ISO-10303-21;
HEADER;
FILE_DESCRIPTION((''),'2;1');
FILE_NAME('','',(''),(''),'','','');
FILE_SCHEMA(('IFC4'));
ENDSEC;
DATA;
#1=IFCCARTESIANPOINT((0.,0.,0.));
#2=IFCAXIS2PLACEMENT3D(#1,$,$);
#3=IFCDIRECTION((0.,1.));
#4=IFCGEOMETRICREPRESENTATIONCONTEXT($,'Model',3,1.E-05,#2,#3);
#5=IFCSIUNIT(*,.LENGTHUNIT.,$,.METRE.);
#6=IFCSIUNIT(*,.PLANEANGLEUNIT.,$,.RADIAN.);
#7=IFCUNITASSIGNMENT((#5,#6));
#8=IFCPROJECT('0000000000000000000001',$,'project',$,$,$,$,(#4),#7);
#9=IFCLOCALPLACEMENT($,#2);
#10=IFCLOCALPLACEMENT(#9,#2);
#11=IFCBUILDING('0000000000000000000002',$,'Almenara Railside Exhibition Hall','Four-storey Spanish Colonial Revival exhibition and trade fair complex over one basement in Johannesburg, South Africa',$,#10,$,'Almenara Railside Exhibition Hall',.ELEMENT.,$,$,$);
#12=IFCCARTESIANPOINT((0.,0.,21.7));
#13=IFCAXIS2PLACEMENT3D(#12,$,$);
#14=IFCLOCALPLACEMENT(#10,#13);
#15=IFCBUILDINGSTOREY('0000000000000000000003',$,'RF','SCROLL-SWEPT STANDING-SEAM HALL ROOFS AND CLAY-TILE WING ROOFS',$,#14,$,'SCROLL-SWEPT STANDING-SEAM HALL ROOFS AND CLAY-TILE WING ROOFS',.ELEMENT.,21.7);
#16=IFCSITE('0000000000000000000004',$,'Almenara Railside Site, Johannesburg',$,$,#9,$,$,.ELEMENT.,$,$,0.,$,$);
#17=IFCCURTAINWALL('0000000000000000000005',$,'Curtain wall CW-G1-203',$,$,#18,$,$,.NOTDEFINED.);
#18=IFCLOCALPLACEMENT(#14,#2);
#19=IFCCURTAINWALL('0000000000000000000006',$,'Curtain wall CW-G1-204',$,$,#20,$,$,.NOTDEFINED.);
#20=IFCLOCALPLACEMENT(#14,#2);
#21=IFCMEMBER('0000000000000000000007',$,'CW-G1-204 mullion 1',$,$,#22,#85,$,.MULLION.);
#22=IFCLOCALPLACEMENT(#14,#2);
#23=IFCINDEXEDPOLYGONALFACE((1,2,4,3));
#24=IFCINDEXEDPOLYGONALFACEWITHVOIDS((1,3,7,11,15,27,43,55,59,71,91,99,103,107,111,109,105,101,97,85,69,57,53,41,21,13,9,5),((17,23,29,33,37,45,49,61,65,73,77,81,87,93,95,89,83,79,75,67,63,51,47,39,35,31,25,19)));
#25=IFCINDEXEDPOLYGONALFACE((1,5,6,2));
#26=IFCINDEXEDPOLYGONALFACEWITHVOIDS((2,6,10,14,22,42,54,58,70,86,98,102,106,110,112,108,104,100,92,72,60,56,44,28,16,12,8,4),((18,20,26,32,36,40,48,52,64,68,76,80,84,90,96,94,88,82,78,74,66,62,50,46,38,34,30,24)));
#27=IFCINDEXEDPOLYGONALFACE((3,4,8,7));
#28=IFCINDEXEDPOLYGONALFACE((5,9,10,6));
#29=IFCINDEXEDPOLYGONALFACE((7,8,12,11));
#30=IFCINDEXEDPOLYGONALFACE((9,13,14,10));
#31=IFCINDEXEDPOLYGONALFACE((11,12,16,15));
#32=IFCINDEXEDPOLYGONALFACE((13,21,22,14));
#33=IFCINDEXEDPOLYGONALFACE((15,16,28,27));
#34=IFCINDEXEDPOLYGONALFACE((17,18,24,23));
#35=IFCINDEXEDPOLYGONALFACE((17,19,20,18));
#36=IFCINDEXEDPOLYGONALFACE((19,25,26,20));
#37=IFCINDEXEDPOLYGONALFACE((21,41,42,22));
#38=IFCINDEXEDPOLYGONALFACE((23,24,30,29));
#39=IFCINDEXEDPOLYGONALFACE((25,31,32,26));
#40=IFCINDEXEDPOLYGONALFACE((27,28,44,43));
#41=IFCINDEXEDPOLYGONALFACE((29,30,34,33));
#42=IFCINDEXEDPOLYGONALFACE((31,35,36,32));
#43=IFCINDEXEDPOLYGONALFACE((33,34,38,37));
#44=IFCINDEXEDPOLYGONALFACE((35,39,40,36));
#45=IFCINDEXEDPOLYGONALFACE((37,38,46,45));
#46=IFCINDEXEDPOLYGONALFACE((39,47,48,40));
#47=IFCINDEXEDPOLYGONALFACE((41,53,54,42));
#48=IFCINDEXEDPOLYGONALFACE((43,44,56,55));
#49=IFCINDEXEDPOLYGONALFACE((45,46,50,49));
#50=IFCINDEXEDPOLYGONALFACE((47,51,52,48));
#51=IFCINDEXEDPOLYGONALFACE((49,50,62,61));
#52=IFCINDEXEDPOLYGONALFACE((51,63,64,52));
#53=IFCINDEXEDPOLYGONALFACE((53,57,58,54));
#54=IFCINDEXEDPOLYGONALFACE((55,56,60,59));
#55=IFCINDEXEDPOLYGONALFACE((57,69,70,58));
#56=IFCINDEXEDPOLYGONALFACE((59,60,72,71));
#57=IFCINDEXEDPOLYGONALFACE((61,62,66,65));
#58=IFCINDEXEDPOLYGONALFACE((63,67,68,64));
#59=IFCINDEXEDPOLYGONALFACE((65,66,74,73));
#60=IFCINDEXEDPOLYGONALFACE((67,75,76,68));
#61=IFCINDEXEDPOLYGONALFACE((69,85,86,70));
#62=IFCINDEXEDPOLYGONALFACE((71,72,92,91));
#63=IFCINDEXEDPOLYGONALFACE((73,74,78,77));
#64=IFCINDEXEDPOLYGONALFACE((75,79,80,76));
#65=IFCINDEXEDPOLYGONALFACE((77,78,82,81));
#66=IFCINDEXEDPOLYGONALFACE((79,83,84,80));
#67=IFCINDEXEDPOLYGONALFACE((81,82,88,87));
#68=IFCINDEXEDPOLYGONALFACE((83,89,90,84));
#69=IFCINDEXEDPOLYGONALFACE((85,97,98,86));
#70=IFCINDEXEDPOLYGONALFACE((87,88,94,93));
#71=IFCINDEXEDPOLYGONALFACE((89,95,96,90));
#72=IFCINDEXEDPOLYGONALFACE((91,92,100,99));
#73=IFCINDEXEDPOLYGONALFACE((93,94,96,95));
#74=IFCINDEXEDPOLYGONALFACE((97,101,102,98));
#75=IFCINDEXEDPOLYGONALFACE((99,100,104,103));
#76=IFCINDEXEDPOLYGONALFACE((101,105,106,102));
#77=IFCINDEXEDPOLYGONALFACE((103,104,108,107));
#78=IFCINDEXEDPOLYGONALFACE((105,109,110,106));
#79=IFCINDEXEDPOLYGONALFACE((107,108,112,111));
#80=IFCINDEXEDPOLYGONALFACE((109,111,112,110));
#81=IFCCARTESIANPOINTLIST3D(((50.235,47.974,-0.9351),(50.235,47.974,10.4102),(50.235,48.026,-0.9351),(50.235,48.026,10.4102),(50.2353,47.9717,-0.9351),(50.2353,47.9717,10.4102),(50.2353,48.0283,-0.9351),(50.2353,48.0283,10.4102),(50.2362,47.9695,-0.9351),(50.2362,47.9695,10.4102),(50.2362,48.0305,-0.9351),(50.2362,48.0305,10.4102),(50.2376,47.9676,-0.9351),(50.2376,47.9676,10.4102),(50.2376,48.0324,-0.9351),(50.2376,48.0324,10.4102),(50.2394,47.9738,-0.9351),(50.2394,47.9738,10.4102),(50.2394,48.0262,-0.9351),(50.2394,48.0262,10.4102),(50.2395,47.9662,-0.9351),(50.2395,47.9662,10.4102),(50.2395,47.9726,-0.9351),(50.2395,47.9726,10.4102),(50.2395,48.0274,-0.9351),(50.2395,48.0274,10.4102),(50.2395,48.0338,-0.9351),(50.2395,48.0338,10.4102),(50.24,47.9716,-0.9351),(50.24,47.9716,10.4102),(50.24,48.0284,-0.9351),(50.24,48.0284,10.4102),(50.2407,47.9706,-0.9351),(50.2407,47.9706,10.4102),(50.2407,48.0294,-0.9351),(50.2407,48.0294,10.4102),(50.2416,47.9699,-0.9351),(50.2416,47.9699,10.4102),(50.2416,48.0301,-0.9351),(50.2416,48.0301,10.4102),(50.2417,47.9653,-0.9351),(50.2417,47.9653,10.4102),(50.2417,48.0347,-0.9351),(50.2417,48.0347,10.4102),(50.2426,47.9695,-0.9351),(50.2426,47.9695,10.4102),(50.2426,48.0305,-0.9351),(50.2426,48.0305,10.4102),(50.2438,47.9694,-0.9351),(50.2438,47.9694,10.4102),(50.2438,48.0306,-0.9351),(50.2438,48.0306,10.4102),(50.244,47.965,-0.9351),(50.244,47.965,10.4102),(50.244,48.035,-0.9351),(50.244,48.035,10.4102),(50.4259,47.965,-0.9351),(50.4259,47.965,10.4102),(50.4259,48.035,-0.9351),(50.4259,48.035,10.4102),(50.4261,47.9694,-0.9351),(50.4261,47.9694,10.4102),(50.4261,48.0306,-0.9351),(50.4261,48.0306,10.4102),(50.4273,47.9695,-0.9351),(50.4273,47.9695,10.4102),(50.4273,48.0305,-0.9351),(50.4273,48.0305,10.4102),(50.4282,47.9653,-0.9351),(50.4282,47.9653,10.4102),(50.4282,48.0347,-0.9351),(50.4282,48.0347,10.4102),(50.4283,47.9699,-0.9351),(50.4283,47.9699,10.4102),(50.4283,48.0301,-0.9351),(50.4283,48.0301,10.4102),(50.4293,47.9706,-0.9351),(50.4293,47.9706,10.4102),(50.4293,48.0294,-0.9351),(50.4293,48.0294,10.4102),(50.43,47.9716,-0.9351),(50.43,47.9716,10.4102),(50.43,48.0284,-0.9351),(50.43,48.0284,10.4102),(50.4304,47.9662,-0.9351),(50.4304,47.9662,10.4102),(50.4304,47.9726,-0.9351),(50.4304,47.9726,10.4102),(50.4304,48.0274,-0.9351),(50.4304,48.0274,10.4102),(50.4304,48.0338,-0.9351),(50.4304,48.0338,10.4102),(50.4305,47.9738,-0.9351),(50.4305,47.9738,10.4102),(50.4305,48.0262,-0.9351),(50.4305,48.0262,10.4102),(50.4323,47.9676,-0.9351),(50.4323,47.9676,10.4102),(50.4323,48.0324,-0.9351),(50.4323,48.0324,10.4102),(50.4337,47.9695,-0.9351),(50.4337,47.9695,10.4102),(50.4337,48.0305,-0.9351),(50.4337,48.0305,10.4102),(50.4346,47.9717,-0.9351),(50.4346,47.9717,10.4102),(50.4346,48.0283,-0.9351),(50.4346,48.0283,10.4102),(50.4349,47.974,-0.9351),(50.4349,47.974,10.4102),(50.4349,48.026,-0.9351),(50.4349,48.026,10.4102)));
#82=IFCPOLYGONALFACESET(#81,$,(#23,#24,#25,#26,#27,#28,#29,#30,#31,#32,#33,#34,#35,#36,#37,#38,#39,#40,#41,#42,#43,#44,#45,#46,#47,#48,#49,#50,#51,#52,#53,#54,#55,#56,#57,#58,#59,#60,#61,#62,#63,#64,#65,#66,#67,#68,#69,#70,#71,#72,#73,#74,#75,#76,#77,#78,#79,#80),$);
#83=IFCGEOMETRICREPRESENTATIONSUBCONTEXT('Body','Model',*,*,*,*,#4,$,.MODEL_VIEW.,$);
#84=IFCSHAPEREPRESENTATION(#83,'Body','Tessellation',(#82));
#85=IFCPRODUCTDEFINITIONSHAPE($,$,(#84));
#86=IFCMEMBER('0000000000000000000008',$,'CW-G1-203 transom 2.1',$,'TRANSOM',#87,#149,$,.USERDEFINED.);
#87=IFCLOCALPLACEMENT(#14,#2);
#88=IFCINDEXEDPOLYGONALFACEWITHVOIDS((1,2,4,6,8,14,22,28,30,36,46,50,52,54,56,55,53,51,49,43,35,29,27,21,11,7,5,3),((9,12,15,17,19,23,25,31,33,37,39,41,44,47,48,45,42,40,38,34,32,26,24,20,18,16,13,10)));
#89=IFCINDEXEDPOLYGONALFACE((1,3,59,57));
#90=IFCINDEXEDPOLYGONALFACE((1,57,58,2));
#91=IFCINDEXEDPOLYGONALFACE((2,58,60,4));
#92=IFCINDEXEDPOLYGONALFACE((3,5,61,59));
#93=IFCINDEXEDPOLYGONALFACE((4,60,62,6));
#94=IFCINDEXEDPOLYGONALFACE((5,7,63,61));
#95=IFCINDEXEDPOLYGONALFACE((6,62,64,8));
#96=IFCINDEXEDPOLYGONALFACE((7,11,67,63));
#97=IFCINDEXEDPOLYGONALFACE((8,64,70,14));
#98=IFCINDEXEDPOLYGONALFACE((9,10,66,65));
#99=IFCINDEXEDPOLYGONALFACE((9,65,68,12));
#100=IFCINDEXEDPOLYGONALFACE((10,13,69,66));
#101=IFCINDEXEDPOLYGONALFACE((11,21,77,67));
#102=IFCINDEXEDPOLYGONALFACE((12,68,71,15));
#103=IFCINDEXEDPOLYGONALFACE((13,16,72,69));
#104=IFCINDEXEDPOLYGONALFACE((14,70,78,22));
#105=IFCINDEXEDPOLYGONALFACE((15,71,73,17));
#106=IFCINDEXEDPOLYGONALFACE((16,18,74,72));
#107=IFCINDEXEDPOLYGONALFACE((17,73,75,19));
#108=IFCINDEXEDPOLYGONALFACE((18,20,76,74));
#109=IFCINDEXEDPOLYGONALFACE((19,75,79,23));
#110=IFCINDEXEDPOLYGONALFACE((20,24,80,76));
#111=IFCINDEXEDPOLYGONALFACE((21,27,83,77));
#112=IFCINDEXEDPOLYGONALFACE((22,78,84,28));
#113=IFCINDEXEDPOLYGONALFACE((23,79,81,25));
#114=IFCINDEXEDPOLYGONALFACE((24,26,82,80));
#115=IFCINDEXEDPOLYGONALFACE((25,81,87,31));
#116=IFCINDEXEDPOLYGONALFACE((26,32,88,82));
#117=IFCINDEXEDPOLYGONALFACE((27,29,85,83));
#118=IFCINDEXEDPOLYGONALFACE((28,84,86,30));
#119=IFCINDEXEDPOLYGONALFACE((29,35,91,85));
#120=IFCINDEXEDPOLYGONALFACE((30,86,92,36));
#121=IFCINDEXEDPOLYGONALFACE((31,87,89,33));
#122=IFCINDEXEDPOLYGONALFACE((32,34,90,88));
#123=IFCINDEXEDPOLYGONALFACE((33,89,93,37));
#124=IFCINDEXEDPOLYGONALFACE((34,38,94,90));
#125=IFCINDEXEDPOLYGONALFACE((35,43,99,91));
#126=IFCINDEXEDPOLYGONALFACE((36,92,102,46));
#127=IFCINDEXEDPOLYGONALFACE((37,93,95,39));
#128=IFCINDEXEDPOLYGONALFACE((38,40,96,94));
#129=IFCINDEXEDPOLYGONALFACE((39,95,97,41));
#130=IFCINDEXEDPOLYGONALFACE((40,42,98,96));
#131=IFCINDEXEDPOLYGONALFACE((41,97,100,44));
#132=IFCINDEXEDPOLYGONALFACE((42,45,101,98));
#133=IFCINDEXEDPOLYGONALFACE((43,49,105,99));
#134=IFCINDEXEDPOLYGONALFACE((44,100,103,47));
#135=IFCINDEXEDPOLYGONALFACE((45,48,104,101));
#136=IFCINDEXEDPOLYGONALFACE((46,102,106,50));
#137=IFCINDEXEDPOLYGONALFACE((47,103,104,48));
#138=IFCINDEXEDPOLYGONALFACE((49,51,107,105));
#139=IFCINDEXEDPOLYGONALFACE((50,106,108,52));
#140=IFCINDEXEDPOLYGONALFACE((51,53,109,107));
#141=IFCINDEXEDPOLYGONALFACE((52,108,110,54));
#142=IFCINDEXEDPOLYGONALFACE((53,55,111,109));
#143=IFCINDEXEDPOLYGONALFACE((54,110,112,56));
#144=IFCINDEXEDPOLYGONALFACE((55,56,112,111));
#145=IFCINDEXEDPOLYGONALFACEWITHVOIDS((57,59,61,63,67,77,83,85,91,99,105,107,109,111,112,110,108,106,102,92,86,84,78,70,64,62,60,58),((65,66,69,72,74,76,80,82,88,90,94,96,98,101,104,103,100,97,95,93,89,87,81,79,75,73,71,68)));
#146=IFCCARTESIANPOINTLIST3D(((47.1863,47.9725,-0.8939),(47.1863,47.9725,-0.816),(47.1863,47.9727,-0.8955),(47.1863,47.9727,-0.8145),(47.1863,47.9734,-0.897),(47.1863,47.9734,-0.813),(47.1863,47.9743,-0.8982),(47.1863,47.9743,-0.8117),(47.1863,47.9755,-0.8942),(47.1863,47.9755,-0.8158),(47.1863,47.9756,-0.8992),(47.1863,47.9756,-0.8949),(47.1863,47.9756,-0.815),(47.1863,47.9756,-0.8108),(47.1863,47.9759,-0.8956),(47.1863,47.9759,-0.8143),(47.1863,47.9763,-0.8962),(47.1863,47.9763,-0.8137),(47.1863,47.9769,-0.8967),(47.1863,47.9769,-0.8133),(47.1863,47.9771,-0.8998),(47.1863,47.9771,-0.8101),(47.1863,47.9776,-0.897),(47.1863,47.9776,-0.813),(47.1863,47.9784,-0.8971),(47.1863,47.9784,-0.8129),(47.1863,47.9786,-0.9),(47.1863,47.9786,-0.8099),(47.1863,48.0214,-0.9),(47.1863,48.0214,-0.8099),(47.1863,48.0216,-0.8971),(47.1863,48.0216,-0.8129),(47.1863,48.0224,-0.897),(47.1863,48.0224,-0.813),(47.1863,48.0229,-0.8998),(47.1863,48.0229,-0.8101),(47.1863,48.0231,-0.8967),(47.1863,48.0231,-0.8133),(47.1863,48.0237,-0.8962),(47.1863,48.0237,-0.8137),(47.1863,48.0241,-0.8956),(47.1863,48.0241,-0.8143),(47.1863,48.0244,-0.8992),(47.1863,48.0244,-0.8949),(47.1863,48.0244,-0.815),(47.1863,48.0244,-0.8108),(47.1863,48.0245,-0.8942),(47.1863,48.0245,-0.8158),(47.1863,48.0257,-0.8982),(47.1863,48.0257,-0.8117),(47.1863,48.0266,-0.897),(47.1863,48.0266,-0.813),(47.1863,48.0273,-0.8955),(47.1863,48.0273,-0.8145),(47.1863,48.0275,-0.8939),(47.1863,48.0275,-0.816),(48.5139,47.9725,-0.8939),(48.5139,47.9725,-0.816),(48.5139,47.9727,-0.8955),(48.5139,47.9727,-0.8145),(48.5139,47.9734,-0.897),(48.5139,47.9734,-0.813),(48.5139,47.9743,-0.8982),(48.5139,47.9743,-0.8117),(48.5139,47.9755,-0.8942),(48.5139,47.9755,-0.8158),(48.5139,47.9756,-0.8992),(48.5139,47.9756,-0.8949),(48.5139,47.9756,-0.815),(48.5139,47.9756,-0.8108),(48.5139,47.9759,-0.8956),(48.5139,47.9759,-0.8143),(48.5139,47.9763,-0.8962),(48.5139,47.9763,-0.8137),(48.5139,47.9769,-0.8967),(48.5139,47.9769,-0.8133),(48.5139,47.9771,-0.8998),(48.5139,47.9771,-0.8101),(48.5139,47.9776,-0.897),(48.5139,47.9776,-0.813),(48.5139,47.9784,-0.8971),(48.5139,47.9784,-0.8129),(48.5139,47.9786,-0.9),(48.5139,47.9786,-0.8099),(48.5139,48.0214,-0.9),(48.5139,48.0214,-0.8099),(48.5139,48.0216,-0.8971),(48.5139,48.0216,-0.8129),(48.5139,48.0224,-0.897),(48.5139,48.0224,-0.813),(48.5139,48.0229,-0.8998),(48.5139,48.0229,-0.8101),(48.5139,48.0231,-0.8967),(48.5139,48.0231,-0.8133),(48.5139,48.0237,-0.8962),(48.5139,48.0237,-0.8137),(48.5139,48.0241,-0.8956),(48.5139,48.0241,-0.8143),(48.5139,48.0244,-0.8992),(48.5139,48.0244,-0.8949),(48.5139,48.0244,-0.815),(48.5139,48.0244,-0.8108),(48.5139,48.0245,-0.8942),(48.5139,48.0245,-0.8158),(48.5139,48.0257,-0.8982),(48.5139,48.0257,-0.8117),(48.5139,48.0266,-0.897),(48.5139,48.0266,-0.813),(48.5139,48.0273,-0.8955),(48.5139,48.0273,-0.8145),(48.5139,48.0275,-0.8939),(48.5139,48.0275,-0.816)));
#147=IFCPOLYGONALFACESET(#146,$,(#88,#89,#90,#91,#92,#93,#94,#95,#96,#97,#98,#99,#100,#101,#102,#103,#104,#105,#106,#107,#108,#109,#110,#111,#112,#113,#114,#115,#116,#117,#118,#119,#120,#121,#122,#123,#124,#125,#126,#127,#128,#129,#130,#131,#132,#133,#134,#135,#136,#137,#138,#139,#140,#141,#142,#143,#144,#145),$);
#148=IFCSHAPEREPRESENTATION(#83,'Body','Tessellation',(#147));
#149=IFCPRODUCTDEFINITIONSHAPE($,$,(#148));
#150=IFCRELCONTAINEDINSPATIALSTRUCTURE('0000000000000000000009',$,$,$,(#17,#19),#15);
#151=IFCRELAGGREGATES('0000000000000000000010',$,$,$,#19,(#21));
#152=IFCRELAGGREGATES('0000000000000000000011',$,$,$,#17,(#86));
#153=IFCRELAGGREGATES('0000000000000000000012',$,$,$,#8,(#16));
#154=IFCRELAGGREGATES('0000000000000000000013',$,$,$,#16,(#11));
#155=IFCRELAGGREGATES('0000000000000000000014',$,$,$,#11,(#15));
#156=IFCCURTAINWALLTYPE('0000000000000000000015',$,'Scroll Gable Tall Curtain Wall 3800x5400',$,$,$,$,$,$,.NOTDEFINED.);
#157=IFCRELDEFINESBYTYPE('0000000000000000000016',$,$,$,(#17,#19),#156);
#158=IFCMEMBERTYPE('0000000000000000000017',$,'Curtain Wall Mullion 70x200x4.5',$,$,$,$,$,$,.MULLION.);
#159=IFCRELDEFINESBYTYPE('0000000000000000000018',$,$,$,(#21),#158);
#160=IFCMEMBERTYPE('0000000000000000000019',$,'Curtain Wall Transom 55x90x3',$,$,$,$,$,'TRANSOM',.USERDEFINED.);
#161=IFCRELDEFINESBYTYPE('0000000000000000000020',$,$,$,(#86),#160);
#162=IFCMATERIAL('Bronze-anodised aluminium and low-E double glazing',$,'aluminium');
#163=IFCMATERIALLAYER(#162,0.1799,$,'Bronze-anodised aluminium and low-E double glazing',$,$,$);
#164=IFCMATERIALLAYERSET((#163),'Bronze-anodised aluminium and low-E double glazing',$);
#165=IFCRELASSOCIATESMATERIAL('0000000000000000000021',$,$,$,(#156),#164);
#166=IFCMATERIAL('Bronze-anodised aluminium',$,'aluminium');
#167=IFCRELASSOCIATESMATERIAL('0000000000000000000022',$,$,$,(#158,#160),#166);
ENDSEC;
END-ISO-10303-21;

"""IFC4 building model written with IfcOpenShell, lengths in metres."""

from ifc_helpers import new_model, si_unit, direction, frame, origin, origin_2d, place, context, subcontext, project, spatial, hollow_rectangle, extrude, material, layer, layer_set, material_profile, profile_set, type_object, element, aggregate, save


model = new_model("IFC4")

# Units and contexts
model_context = context("Model", 3, precision=1e-05, world=origin(), true_north=direction((0.0, 1.0)))
body_context = subcontext(model_context, "Body", "Model", "MODEL_VIEW")
ifc_project = project(units=[si_unit("LENGTHUNIT", "METRE"), si_unit("PLANEANGLEUNIT", "RADIAN")], contexts=[model_context])

# Site, building, storey
site_placement = place(None, origin())
site = spatial("IfcSite", under=ifc_project, at=site_placement, Name="Almenara Railside Site, Johannesburg", CompositionType="ELEMENT", RefElevation=0.0)
building_placement = place(site_placement, origin())
building = spatial("IfcBuilding", under=site, at=building_placement, Name="Almenara Railside Exhibition Hall", Description="Four-storey Spanish Colonial Revival exhibition and trade fair complex over one basement in Johannesburg, South Africa", LongName="Almenara Railside Exhibition Hall", CompositionType="ELEMENT")
storey_placement = place(building_placement, frame((0.0, 0.0, 21.7)))
storey = spatial("IfcBuildingStorey", under=building, at=storey_placement, Name="RF", Description="SCROLL-SWEPT STANDING-SEAM HALL ROOFS AND CLAY-TILE WING ROOFS", LongName="SCROLL-SWEPT STANDING-SEAM HALL ROOFS AND CLAY-TILE WING ROOFS", CompositionType="ELEMENT", Elevation=21.7)

# Curtain wall
ifc_material_1 = material(Name="Bronze-anodised aluminium and low-E double glazing", Category="aluminium")
ifc_layer_1 = layer(ifc_material_1, 0.1799, Name="Bronze-anodised aluminium and low-E double glazing")
ifc_layer_set_1 = layer_set([ifc_layer_1], Name="Bronze-anodised aluminium and low-E double glazing")
curtain_wall_type = type_object("IfcCurtainWallType", Name="Scroll Gable Tall Curtain Wall 3800x5400", PredefinedType="NOTDEFINED", material=ifc_layer_set_1)
curtain_wall_1_placement = place(storey_placement, origin())
curtain_wall_1 = element("IfcCurtainWall", 1, at=curtain_wall_1_placement, inside=storey, type_object=curtain_wall_type, Name="Curtain wall CW-G1-203", PredefinedType="NOTDEFINED")
ifc_material_2 = material(Name="Bronze-anodised aluminium", Category="aluminium")

# Curtain wall, member
curtain_wall_2_placement = place(storey_placement, origin())
curtain_wall_2 = element("IfcCurtainWall", 2, at=curtain_wall_2_placement, inside=storey, type_object=curtain_wall_type, Name="Curtain wall CW-G1-204", PredefinedType="NOTDEFINED")
ifc_material_profile_1 = material_profile(ifc_material_2, hollow_rectangle(XDim=0.0701, YDim=0.2, WallThickness=0.0044, InnerFilletRadius=0.0044, OuterFilletRadius=0.009, at=origin_2d()), Name="ALU-MUL 70x200x4.5")
ifc_profile_set_1 = profile_set([ifc_material_profile_1], Name="Bronze-anodised aluminium")
member_type_1 = type_object("IfcMemberType", Name="Curtain Wall Mullion 70x200x4.5", PredefinedType="MULLION", material=ifc_profile_set_1)
member_1_placement = place(storey_placement, frame((50.335, 48.0, -0.9351), z_axis=(0.0, 0.0, 1.0), x_axis=(0.0, 1.0, 0.0)))
member_1 = element("IfcMember", 3, at=member_1_placement, type_object=member_type_1, Name="CW-G1-204 mullion 1", PredefinedType="MULLION", context=body_context, shape_type="SweptSolid", body=[
    extrude(hollow_rectangle(XDim=0.0701, YDim=0.2, WallThickness=0.0044, InnerFilletRadius=0.0044, OuterFilletRadius=0.009, at=origin_2d()), origin(), (0.0, 0.0, 1.0), 11.3452),
])

# Member
ifc_material_profile_2 = material_profile(ifc_material_2, hollow_rectangle(XDim=0.0549, YDim=0.0901, WallThickness=0.0029, InnerFilletRadius=0.0029, OuterFilletRadius=0.0061, at=origin_2d()), Name="ALU-TRN 55x90x3")
ifc_profile_set_2 = profile_set([ifc_material_profile_2], Name="Bronze-anodised aluminium")
member_type_2 = type_object("IfcMemberType", Name="Curtain Wall Transom 55x90x3", ElementType="TRANSOM", PredefinedType="USERDEFINED", material=ifc_profile_set_2)
member_2_placement = place(storey_placement, frame((47.1863, 48.0, -0.855), z_axis=(1.0, 0.0, 0.0), x_axis=(0.0, 1.0, 0.0)))
member_2 = element("IfcMember", 4, at=member_2_placement, type_object=member_type_2, Name="CW-G1-203 transom 2.1", ObjectType="TRANSOM", PredefinedType="USERDEFINED", context=body_context, shape_type="SweptSolid", body=[
    extrude(hollow_rectangle(XDim=0.0549, YDim=0.0901, WallThickness=0.0029, InnerFilletRadius=0.0029, OuterFilletRadius=0.0061, at=origin_2d()), origin(), (0.0, 0.0, 1.0), 1.3276),
])
aggregate(curtain_wall_2, [member_1])

aggregate(curtain_wall_1, [member_2])

save(model, "model.ifc")
